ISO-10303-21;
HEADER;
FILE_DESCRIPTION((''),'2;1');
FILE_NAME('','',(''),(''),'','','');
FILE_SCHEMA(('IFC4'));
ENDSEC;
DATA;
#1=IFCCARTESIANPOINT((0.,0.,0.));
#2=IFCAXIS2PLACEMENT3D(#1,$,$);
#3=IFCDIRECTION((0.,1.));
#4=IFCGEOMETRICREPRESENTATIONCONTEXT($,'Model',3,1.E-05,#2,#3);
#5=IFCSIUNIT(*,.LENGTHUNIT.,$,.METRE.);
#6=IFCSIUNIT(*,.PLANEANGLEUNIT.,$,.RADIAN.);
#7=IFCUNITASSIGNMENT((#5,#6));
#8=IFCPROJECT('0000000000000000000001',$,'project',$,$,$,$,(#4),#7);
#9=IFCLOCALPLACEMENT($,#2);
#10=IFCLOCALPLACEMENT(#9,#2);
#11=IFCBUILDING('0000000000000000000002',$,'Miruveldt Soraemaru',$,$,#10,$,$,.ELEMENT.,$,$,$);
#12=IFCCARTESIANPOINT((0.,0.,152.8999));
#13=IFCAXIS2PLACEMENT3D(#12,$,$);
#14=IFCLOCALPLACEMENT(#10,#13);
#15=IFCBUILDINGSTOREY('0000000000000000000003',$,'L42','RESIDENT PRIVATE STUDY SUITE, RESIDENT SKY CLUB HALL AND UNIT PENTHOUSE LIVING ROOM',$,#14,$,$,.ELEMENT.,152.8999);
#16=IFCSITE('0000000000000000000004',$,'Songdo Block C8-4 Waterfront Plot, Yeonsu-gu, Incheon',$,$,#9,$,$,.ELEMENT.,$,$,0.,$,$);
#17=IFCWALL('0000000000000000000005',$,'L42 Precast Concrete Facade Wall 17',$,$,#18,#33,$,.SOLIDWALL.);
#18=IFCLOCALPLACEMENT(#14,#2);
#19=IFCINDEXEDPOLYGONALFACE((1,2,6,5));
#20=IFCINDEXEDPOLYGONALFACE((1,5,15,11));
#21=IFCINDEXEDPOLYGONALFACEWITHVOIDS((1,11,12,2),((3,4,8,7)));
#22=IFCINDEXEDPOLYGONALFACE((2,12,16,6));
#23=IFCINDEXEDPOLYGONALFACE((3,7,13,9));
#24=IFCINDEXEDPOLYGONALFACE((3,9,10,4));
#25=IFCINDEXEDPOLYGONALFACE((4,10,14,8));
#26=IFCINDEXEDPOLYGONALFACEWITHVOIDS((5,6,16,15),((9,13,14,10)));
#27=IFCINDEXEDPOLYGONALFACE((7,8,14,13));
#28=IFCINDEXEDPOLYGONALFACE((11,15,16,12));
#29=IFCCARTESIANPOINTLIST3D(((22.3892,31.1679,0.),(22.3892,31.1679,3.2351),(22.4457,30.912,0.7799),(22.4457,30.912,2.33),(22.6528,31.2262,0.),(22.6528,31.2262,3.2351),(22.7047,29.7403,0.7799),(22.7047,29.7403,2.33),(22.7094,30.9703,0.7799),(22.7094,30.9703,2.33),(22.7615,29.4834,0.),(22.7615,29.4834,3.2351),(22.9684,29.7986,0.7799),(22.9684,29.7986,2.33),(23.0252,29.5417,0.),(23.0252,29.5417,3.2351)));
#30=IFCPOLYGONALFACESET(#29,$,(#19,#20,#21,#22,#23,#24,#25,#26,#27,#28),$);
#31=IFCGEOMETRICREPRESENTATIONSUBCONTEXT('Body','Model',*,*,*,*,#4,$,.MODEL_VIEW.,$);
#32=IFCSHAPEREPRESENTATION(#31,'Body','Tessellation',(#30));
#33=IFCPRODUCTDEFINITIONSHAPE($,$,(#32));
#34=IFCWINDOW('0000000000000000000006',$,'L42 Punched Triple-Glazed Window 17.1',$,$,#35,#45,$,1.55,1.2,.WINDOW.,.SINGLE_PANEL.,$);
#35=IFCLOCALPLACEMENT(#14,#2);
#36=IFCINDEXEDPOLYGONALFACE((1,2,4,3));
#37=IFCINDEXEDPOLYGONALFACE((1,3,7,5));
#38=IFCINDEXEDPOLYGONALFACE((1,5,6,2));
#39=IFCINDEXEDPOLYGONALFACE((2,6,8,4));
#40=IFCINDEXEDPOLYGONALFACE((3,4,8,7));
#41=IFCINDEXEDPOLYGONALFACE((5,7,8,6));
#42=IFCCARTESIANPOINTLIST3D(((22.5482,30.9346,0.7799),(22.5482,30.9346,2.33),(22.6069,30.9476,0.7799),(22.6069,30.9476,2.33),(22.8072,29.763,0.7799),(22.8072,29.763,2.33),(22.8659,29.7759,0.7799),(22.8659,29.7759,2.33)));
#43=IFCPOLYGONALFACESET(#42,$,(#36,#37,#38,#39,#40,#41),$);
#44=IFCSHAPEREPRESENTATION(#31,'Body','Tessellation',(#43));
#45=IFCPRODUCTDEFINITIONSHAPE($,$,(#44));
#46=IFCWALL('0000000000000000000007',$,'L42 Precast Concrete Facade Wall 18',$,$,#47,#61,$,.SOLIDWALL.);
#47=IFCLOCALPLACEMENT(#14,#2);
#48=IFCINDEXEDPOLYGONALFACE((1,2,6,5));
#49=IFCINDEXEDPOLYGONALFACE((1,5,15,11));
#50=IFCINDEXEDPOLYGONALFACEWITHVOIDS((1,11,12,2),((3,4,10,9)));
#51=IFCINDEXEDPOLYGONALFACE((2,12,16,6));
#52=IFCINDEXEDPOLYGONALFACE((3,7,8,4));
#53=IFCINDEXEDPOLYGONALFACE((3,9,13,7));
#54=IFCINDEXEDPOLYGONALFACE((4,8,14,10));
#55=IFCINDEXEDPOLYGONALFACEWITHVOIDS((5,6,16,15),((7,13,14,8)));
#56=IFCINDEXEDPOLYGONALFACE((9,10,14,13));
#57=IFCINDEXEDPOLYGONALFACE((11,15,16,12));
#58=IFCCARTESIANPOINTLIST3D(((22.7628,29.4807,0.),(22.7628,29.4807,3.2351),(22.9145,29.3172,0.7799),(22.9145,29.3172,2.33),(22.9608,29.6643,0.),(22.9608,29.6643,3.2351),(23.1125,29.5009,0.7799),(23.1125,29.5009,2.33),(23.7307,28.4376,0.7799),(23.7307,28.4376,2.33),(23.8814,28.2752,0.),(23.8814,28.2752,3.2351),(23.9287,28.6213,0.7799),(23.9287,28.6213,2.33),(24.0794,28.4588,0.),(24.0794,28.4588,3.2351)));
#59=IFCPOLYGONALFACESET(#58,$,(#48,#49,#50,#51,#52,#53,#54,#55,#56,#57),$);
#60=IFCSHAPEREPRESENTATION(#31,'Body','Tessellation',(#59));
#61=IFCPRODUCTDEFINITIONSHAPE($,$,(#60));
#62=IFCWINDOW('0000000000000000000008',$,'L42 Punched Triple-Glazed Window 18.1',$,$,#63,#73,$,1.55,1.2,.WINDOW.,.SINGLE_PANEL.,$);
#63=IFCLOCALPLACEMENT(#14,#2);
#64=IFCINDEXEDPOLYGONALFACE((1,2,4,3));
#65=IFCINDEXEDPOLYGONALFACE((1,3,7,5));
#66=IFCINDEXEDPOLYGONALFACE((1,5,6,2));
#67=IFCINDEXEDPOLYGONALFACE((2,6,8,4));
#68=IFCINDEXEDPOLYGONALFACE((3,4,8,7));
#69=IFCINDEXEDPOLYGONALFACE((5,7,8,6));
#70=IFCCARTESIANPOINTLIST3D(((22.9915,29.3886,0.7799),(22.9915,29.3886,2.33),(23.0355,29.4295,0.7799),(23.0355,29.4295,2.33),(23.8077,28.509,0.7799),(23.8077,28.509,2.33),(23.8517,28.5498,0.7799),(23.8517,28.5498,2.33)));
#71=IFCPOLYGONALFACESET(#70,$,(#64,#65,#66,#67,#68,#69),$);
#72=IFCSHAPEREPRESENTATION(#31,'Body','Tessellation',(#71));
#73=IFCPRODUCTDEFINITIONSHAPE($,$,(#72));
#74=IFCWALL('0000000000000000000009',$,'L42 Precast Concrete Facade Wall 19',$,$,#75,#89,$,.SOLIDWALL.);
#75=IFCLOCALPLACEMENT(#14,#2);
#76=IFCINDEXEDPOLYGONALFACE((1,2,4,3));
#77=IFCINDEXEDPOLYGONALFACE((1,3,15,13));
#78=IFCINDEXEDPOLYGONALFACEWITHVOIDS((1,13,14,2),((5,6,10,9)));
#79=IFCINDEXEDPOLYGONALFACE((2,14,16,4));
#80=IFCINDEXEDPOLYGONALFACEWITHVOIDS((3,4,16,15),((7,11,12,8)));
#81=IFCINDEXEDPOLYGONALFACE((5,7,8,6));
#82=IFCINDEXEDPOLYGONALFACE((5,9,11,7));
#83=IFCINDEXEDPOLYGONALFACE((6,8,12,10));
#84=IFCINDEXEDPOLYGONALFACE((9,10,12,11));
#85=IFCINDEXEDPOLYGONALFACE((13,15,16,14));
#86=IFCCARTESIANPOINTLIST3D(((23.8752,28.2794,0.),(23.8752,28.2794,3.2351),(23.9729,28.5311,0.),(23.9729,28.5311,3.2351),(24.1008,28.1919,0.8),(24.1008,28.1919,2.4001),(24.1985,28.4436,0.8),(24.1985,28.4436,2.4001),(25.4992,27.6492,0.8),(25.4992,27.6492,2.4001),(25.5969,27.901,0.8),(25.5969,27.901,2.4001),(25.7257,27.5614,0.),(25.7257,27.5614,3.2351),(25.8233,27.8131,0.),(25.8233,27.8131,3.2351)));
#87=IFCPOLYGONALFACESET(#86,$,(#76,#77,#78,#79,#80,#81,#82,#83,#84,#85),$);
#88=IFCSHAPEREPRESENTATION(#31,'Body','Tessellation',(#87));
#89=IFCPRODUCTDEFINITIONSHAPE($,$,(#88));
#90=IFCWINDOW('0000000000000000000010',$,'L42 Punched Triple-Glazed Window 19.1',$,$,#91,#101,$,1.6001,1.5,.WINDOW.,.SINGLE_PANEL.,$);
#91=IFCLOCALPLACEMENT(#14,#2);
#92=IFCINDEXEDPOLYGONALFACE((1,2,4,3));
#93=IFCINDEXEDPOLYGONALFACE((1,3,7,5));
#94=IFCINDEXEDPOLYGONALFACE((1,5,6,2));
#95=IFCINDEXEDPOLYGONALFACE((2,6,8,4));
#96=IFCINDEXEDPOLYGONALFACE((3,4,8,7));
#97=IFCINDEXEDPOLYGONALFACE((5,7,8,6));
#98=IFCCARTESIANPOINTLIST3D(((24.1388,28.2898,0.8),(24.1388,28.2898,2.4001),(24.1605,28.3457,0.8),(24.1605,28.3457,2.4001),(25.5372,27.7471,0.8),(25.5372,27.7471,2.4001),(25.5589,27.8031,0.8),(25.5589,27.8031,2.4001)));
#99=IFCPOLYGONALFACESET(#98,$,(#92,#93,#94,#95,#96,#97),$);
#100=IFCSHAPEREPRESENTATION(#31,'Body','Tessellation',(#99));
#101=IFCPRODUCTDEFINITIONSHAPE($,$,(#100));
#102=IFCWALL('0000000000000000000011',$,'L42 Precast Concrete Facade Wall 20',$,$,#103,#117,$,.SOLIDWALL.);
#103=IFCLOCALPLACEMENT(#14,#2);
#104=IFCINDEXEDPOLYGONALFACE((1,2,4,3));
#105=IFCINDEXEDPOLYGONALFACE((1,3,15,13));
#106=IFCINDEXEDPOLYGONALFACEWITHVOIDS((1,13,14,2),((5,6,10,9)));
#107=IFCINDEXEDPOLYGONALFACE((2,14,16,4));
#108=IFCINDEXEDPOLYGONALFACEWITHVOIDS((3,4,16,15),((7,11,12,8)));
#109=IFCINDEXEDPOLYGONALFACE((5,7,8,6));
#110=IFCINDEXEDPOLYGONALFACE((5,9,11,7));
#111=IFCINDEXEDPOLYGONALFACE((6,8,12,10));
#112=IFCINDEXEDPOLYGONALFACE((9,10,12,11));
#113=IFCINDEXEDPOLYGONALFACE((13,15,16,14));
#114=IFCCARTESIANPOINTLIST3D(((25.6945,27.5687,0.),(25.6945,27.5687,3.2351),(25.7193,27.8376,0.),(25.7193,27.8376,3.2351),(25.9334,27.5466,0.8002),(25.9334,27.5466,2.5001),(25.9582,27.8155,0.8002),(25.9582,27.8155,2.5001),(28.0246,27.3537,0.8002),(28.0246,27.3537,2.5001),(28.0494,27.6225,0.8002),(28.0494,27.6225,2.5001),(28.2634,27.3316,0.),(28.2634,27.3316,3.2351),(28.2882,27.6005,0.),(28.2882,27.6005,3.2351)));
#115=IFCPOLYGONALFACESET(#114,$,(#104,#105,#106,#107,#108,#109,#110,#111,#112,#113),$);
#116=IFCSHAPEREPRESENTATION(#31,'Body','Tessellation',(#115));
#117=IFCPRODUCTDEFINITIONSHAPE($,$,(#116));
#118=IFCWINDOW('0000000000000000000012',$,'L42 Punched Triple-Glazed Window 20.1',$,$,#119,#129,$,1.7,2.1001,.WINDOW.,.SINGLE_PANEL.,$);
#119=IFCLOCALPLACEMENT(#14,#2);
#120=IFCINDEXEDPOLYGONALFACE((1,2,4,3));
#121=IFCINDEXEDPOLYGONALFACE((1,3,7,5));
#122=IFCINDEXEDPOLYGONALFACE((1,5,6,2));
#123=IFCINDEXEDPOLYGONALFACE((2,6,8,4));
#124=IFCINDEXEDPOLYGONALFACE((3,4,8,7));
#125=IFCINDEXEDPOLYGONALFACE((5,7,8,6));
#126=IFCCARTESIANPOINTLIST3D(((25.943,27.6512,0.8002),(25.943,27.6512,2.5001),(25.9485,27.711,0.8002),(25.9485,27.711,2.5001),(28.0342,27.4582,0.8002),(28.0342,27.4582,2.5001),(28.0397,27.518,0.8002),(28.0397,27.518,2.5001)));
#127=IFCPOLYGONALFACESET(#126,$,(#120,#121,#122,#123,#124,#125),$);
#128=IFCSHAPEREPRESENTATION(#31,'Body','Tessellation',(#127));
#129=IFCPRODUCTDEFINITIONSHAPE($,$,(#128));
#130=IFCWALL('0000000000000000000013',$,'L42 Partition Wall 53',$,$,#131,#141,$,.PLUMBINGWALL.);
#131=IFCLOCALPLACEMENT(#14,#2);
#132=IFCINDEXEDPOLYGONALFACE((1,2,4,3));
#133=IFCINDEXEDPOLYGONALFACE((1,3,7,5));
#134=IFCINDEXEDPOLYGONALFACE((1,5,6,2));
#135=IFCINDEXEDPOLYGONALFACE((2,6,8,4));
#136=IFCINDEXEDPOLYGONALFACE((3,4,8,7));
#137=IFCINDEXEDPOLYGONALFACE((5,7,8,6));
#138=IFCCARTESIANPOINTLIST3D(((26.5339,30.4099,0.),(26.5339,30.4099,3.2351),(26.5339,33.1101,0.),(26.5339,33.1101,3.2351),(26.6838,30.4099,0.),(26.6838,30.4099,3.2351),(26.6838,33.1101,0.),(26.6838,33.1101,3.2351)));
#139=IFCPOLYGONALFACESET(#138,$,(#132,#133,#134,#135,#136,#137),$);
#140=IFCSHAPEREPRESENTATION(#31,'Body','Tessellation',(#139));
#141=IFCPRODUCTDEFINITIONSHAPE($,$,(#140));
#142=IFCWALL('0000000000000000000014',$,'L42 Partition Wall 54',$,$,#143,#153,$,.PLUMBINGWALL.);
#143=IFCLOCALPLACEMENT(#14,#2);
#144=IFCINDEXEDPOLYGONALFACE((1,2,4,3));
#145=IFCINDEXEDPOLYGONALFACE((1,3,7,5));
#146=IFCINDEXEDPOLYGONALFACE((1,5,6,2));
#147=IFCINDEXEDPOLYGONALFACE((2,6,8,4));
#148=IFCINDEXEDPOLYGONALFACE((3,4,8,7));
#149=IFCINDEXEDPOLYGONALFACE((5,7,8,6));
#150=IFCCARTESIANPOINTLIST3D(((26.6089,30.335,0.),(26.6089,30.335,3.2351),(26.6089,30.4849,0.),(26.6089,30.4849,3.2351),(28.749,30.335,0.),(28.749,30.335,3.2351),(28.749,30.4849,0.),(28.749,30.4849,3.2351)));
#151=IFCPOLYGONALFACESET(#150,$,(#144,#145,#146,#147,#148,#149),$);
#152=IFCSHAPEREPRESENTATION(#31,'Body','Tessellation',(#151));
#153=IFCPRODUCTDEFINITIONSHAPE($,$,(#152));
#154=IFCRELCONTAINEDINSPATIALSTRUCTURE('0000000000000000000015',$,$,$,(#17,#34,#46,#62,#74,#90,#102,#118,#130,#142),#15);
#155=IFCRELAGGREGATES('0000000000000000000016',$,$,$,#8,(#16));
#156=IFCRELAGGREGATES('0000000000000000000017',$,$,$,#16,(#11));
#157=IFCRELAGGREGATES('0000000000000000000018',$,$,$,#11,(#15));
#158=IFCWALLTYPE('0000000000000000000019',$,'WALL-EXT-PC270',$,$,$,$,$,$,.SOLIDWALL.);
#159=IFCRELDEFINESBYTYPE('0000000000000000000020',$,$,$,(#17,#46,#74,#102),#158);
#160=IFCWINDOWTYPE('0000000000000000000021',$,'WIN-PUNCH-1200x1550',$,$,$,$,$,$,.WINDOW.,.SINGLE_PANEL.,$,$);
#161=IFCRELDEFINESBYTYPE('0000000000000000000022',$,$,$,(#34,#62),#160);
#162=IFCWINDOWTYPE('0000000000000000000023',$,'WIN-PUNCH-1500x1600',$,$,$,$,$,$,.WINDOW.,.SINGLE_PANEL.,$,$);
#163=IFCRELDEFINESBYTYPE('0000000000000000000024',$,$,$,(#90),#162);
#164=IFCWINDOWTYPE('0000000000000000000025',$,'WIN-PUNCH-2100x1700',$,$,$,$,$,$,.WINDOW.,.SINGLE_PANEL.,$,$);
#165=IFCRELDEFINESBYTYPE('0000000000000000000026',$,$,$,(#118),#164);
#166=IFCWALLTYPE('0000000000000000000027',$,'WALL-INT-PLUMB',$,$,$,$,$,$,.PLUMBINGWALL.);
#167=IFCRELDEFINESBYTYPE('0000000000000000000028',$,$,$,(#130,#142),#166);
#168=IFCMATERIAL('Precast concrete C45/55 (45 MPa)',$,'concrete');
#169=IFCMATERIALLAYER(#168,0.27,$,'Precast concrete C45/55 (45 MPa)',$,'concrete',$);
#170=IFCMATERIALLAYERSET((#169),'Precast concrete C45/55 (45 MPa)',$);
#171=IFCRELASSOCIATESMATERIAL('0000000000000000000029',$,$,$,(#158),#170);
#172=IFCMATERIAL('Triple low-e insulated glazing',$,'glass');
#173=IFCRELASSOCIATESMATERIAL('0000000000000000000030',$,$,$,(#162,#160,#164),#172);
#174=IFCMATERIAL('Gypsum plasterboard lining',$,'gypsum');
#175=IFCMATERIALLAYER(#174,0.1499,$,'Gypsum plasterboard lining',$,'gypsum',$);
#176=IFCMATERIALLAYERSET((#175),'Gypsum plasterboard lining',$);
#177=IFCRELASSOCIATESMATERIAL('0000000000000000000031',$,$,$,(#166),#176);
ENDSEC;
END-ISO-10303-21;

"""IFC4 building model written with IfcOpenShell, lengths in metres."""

from ifc_helpers import new_model, si_unit, direction, frame, frame_2d, origin, place, context, subcontext, project, spatial, rectangle, extrude, material, layer, layer_set, type_object, element, fill, save


model = new_model("IFC4")

# Units and contexts
model_context = context("Model", 3, precision=1e-05, world=origin(), true_north=direction((0.0, 1.0)))
body_context = subcontext(model_context, "Body", "Model", "MODEL_VIEW")
ifc_project = project(units=[si_unit("LENGTHUNIT", "METRE"), si_unit("PLANEANGLEUNIT", "RADIAN")], contexts=[model_context])

# Site, building, storey
site_placement = place(None, origin())
site = spatial("IfcSite", under=ifc_project, at=site_placement, Name="Songdo Block C8-4 Waterfront Plot, Yeonsu-gu, Incheon", CompositionType="ELEMENT", RefElevation=0.0)
building_placement = place(site_placement, origin())
building = spatial("IfcBuilding", under=site, at=building_placement, Name="Miruveldt Soraemaru", CompositionType="ELEMENT")
storey_placement = place(building_placement, frame((0.0, 0.0, 152.8999)))
storey = spatial("IfcBuildingStorey", under=building, at=storey_placement, Name="L42", Description="RESIDENT PRIVATE STUDY SUITE, RESIDENT SKY CLUB HALL AND UNIT PENTHOUSE LIVING ROOM", CompositionType="ELEMENT", Elevation=152.8999)

# Walls, openings, windows
ifc_material_1 = material(Name="Precast concrete C45/55 (45 MPa)", Category="concrete")
ifc_layer_1 = layer(ifc_material_1, 0.27, Name="Precast concrete C45/55 (45 MPa)", Category="concrete")
ifc_layer_set_1 = layer_set([ifc_layer_1], Name="Precast concrete C45/55 (45 MPa)")
wall_type_1 = type_object("IfcWallType", Name="WALL-EXT-PC270", PredefinedType="SOLIDWALL", material=ifc_layer_set_1)
ifc_material_2 = material(Name="Triple low-e insulated glazing", Category="glass")
window_type_1 = type_object("IfcWindowType", Name="WIN-PUNCH-1500x1600", PartitioningType="SINGLE_PANEL", PredefinedType="WINDOW", material=ifc_material_2)
wall_1_placement = place(storey_placement, frame((22.521, 31.197, 0.0), z_axis=(0.0, 0.0, 1.0), x_axis=(0.215836, -0.97643, 0.0)))
wall_1 = element("IfcWall", 1, at=wall_1_placement, inside=storey, type_object=wall_type_1, Name="L42 Precast Concrete Facade Wall 17", PredefinedType="SOLIDWALL", context=body_context, shape_type="SweptSolid", body=[
    extrude(rectangle(XDim=1.7251, YDim=0.27, at=frame_2d((0.8625, 0.0))), origin(), (0.0, 0.0, 1.0), 3.2351),
])
opening_1_placement = place(wall_1_placement, frame((0.262, 0.0, 0.78)))
opening_1 = element("IfcOpeningElement", 2, at=opening_1_placement, cuts=wall_1, PredefinedType="OPENING", context=body_context, shape_type="SweptSolid", body=[
    extrude(rectangle(XDim=1.2, YDim=1.55, at=frame_2d((0.6001, 0.7749))), frame((0.0, 0.145, 0.0), z_axis=(0.0, -1.0, 0.0), x_axis=(1.0, 0.0, 0.0)), (0.0, 0.0, 1.0), 0.29),
])
window_type_2 = type_object("IfcWindowType", Name="WIN-PUNCH-1200x1550", PartitioningType="SINGLE_PANEL", PredefinedType="WINDOW", material=ifc_material_2)
window_1_placement = place(opening_1_placement, origin())
window_1 = element("IfcWindow", 3, at=window_1_placement, inside=storey, type_object=window_type_2, Name="L42 Punched Triple-Glazed Window 17.1", OverallHeight=1.55, OverallWidth=1.2, PartitioningType="SINGLE_PANEL", PredefinedType="WINDOW", context=body_context, shape_type="SweptSolid", body=[
    extrude(rectangle(XDim=1.2, YDim=1.55, at=frame_2d((0.6001, 0.7749))), frame((0.0, 0.03, 0.0), z_axis=(0.0, -1.0, 0.0), x_axis=(1.0, 0.0, 0.0)), (0.0, 0.0, 1.0), 0.0601),
])
fill(opening_1, window_1)
wall_2_placement = place(storey_placement, frame((22.8618, 29.5725, 0.0), z_axis=(0.0, 0.0, 1.0), x_axis=(0.680189, -0.733037, 0.0)))
wall_2 = element("IfcWall", 4, at=wall_2_placement, inside=storey, type_object=wall_type_1, Name="L42 Precast Concrete Facade Wall 18", PredefinedType="SOLIDWALL", context=body_context, shape_type="SweptSolid", body=[
    extrude(rectangle(XDim=1.6445, YDim=0.27, at=frame_2d((0.8223, 0.0))), origin(), (0.0, 0.0, 1.0), 3.2351),
])
opening_2_placement = place(wall_2_placement, frame((0.2229, 0.0, 0.78)))
opening_2 = element("IfcOpeningElement", 5, at=opening_2_placement, cuts=wall_2, PredefinedType="OPENING", context=body_context, shape_type="SweptSolid", body=[
    extrude(rectangle(XDim=1.2, YDim=1.55, at=frame_2d((0.6001, 0.7749))), frame((0.0, 0.145, 0.0), z_axis=(0.0, -1.0, 0.0), x_axis=(1.0, 0.0, 0.0)), (0.0, 0.0, 1.0), 0.29),
])
window_2_placement = place(opening_2_placement, origin())
window_2 = element("IfcWindow", 6, at=window_2_placement, inside=storey, type_object=window_type_2, Name="L42 Punched Triple-Glazed Window 18.1", OverallHeight=1.55, OverallWidth=1.2, PartitioningType="SINGLE_PANEL", PredefinedType="WINDOW", context=body_context, shape_type="SweptSolid", body=[
    extrude(rectangle(XDim=1.2, YDim=1.55, at=frame_2d((0.6001, 0.7749))), frame((0.0, 0.03, 0.0), z_axis=(0.0, -1.0, 0.0), x_axis=(1.0, 0.0, 0.0)), (0.0, 0.0, 1.0), 0.0601),
])
fill(opening_2, window_2)
wall_3_placement = place(storey_placement, frame((23.9241, 28.4053, 0.0), z_axis=(0.0, 0.0, 1.0), x_axis=(0.93227, -0.361764, 0.0)))
wall_3 = element("IfcWall", 7, at=wall_3_placement, inside=storey, type_object=wall_type_1, Name="L42 Precast Concrete Facade Wall 19", PredefinedType="SOLIDWALL", context=body_context, shape_type="SweptSolid", body=[
    extrude(rectangle(XDim=1.9849, YDim=0.27, at=frame_2d((0.9924, 0.0))), origin(), (0.0, 0.0, 1.0), 3.2351),
])
opening_3_placement = place(wall_3_placement, frame((0.2419, 0.0, 0.8)))
opening_3 = element("IfcOpeningElement", 8, at=opening_3_placement, cuts=wall_3, PredefinedType="OPENING", context=body_context, shape_type="SweptSolid", body=[
    extrude(rectangle(XDim=1.5, YDim=1.6001, at=frame_2d((0.75, 0.8))), frame((0.0, 0.145, 0.0), z_axis=(0.0, -1.0, 0.0), x_axis=(1.0, 0.0, 0.0)), (0.0, 0.0, 1.0), 0.29),
])
window_3_placement = place(opening_3_placement, origin())
window_3 = element("IfcWindow", 9, at=window_3_placement, inside=storey, type_object=window_type_1, Name="L42 Punched Triple-Glazed Window 19.1", OverallHeight=1.6001, OverallWidth=1.5, PartitioningType="SINGLE_PANEL", PredefinedType="WINDOW", context=body_context, shape_type="SweptSolid", body=[
    extrude(rectangle(XDim=1.5, YDim=1.6001, at=frame_2d((0.75, 0.8))), frame((0.0, 0.03, 0.0), z_axis=(0.0, -1.0, 0.0), x_axis=(1.0, 0.0, 0.0)), (0.0, 0.0, 1.0), 0.0601),
])
fill(opening_3, window_3)
wall_4_placement = place(storey_placement, frame((25.7068, 27.7031, 0.0), z_axis=(0.0, 0.0, 1.0), x_axis=(0.995769, -0.091892, 0.0)))
wall_4 = element("IfcWall", 10, at=wall_4_placement, inside=storey, type_object=wall_type_1, Name="L42 Precast Concrete Facade Wall 20", PredefinedType="SOLIDWALL", context=body_context, shape_type="SweptSolid", body=[
    extrude(rectangle(XDim=2.5798, YDim=0.27, at=frame_2d((1.29, 0.0))), origin(), (0.0, 0.0, 1.0), 3.2351),
])
opening_4_placement = place(wall_4_placement, frame((0.24, 0.0, 0.8)))
opening_4 = element("IfcOpeningElement", 11, at=opening_4_placement, cuts=wall_4, PredefinedType="OPENING", context=body_context, shape_type="SweptSolid", body=[
    extrude(rectangle(XDim=2.1001, YDim=1.7, at=frame_2d((1.05, 0.8501))), frame((0.0, 0.145, 0.0), z_axis=(0.0, -1.0, 0.0), x_axis=(1.0, 0.0, 0.0)), (0.0, 0.0, 1.0), 0.29),
])
window_type_3 = type_object("IfcWindowType", Name="WIN-PUNCH-2100x1700", PartitioningType="SINGLE_PANEL", PredefinedType="WINDOW", material=ifc_material_2)
window_4_placement = place(opening_4_placement, origin())
window_4 = element("IfcWindow", 12, at=window_4_placement, inside=storey, type_object=window_type_3, Name="L42 Punched Triple-Glazed Window 20.1", OverallHeight=1.7, OverallWidth=2.1001, PartitioningType="SINGLE_PANEL", PredefinedType="WINDOW", context=body_context, shape_type="SweptSolid", body=[
    extrude(rectangle(XDim=2.1001, YDim=1.7, at=frame_2d((1.05, 0.8501))), frame((0.0, 0.03, 0.0), z_axis=(0.0, -1.0, 0.0), x_axis=(1.0, 0.0, 0.0)), (0.0, 0.0, 1.0), 0.0601),
])
fill(opening_4, window_4)

# Walls
ifc_material_3 = material(Name="Gypsum plasterboard lining", Category="gypsum")
ifc_layer_2 = layer(ifc_material_3, 0.1499, Name="Gypsum plasterboard lining", Category="gypsum")
ifc_layer_set_2 = layer_set([ifc_layer_2], Name="Gypsum plasterboard lining")
wall_type_2 = type_object("IfcWallType", Name="WALL-INT-PLUMB", PredefinedType="PLUMBINGWALL", material=ifc_layer_set_2)
wall_5_placement = place(storey_placement, frame((26.6089, 33.1101, 0.0), z_axis=(0.0, 0.0, 1.0), x_axis=(0.0, -1.0, 0.0)))
element("IfcWall", 13, at=wall_5_placement, inside=storey, type_object=wall_type_2, Name="L42 Partition Wall 53", PredefinedType="PLUMBINGWALL", context=body_context, shape_type="SweptSolid", body=[
    extrude(rectangle(XDim=2.7002, YDim=0.1499, at=frame_2d((1.3501, 0.0))), origin(), (0.0, 0.0, 1.0), 3.2351),
])
wall_6_placement = place(storey_placement, frame((26.6089, 30.4099, 0.0), z_axis=(0.0, 0.0, 1.0), x_axis=(1.0, 0.0, 0.0)))
element("IfcWall", 14, at=wall_6_placement, inside=storey, type_object=wall_type_2, Name="L42 Partition Wall 54", PredefinedType="PLUMBINGWALL", context=body_context, shape_type="SweptSolid", body=[
    extrude(rectangle(XDim=2.1401, YDim=0.1499, at=frame_2d((1.0701, 0.0))), origin(), (0.0, 0.0, 1.0), 3.2351),
])

save(model, "model.ifc")
